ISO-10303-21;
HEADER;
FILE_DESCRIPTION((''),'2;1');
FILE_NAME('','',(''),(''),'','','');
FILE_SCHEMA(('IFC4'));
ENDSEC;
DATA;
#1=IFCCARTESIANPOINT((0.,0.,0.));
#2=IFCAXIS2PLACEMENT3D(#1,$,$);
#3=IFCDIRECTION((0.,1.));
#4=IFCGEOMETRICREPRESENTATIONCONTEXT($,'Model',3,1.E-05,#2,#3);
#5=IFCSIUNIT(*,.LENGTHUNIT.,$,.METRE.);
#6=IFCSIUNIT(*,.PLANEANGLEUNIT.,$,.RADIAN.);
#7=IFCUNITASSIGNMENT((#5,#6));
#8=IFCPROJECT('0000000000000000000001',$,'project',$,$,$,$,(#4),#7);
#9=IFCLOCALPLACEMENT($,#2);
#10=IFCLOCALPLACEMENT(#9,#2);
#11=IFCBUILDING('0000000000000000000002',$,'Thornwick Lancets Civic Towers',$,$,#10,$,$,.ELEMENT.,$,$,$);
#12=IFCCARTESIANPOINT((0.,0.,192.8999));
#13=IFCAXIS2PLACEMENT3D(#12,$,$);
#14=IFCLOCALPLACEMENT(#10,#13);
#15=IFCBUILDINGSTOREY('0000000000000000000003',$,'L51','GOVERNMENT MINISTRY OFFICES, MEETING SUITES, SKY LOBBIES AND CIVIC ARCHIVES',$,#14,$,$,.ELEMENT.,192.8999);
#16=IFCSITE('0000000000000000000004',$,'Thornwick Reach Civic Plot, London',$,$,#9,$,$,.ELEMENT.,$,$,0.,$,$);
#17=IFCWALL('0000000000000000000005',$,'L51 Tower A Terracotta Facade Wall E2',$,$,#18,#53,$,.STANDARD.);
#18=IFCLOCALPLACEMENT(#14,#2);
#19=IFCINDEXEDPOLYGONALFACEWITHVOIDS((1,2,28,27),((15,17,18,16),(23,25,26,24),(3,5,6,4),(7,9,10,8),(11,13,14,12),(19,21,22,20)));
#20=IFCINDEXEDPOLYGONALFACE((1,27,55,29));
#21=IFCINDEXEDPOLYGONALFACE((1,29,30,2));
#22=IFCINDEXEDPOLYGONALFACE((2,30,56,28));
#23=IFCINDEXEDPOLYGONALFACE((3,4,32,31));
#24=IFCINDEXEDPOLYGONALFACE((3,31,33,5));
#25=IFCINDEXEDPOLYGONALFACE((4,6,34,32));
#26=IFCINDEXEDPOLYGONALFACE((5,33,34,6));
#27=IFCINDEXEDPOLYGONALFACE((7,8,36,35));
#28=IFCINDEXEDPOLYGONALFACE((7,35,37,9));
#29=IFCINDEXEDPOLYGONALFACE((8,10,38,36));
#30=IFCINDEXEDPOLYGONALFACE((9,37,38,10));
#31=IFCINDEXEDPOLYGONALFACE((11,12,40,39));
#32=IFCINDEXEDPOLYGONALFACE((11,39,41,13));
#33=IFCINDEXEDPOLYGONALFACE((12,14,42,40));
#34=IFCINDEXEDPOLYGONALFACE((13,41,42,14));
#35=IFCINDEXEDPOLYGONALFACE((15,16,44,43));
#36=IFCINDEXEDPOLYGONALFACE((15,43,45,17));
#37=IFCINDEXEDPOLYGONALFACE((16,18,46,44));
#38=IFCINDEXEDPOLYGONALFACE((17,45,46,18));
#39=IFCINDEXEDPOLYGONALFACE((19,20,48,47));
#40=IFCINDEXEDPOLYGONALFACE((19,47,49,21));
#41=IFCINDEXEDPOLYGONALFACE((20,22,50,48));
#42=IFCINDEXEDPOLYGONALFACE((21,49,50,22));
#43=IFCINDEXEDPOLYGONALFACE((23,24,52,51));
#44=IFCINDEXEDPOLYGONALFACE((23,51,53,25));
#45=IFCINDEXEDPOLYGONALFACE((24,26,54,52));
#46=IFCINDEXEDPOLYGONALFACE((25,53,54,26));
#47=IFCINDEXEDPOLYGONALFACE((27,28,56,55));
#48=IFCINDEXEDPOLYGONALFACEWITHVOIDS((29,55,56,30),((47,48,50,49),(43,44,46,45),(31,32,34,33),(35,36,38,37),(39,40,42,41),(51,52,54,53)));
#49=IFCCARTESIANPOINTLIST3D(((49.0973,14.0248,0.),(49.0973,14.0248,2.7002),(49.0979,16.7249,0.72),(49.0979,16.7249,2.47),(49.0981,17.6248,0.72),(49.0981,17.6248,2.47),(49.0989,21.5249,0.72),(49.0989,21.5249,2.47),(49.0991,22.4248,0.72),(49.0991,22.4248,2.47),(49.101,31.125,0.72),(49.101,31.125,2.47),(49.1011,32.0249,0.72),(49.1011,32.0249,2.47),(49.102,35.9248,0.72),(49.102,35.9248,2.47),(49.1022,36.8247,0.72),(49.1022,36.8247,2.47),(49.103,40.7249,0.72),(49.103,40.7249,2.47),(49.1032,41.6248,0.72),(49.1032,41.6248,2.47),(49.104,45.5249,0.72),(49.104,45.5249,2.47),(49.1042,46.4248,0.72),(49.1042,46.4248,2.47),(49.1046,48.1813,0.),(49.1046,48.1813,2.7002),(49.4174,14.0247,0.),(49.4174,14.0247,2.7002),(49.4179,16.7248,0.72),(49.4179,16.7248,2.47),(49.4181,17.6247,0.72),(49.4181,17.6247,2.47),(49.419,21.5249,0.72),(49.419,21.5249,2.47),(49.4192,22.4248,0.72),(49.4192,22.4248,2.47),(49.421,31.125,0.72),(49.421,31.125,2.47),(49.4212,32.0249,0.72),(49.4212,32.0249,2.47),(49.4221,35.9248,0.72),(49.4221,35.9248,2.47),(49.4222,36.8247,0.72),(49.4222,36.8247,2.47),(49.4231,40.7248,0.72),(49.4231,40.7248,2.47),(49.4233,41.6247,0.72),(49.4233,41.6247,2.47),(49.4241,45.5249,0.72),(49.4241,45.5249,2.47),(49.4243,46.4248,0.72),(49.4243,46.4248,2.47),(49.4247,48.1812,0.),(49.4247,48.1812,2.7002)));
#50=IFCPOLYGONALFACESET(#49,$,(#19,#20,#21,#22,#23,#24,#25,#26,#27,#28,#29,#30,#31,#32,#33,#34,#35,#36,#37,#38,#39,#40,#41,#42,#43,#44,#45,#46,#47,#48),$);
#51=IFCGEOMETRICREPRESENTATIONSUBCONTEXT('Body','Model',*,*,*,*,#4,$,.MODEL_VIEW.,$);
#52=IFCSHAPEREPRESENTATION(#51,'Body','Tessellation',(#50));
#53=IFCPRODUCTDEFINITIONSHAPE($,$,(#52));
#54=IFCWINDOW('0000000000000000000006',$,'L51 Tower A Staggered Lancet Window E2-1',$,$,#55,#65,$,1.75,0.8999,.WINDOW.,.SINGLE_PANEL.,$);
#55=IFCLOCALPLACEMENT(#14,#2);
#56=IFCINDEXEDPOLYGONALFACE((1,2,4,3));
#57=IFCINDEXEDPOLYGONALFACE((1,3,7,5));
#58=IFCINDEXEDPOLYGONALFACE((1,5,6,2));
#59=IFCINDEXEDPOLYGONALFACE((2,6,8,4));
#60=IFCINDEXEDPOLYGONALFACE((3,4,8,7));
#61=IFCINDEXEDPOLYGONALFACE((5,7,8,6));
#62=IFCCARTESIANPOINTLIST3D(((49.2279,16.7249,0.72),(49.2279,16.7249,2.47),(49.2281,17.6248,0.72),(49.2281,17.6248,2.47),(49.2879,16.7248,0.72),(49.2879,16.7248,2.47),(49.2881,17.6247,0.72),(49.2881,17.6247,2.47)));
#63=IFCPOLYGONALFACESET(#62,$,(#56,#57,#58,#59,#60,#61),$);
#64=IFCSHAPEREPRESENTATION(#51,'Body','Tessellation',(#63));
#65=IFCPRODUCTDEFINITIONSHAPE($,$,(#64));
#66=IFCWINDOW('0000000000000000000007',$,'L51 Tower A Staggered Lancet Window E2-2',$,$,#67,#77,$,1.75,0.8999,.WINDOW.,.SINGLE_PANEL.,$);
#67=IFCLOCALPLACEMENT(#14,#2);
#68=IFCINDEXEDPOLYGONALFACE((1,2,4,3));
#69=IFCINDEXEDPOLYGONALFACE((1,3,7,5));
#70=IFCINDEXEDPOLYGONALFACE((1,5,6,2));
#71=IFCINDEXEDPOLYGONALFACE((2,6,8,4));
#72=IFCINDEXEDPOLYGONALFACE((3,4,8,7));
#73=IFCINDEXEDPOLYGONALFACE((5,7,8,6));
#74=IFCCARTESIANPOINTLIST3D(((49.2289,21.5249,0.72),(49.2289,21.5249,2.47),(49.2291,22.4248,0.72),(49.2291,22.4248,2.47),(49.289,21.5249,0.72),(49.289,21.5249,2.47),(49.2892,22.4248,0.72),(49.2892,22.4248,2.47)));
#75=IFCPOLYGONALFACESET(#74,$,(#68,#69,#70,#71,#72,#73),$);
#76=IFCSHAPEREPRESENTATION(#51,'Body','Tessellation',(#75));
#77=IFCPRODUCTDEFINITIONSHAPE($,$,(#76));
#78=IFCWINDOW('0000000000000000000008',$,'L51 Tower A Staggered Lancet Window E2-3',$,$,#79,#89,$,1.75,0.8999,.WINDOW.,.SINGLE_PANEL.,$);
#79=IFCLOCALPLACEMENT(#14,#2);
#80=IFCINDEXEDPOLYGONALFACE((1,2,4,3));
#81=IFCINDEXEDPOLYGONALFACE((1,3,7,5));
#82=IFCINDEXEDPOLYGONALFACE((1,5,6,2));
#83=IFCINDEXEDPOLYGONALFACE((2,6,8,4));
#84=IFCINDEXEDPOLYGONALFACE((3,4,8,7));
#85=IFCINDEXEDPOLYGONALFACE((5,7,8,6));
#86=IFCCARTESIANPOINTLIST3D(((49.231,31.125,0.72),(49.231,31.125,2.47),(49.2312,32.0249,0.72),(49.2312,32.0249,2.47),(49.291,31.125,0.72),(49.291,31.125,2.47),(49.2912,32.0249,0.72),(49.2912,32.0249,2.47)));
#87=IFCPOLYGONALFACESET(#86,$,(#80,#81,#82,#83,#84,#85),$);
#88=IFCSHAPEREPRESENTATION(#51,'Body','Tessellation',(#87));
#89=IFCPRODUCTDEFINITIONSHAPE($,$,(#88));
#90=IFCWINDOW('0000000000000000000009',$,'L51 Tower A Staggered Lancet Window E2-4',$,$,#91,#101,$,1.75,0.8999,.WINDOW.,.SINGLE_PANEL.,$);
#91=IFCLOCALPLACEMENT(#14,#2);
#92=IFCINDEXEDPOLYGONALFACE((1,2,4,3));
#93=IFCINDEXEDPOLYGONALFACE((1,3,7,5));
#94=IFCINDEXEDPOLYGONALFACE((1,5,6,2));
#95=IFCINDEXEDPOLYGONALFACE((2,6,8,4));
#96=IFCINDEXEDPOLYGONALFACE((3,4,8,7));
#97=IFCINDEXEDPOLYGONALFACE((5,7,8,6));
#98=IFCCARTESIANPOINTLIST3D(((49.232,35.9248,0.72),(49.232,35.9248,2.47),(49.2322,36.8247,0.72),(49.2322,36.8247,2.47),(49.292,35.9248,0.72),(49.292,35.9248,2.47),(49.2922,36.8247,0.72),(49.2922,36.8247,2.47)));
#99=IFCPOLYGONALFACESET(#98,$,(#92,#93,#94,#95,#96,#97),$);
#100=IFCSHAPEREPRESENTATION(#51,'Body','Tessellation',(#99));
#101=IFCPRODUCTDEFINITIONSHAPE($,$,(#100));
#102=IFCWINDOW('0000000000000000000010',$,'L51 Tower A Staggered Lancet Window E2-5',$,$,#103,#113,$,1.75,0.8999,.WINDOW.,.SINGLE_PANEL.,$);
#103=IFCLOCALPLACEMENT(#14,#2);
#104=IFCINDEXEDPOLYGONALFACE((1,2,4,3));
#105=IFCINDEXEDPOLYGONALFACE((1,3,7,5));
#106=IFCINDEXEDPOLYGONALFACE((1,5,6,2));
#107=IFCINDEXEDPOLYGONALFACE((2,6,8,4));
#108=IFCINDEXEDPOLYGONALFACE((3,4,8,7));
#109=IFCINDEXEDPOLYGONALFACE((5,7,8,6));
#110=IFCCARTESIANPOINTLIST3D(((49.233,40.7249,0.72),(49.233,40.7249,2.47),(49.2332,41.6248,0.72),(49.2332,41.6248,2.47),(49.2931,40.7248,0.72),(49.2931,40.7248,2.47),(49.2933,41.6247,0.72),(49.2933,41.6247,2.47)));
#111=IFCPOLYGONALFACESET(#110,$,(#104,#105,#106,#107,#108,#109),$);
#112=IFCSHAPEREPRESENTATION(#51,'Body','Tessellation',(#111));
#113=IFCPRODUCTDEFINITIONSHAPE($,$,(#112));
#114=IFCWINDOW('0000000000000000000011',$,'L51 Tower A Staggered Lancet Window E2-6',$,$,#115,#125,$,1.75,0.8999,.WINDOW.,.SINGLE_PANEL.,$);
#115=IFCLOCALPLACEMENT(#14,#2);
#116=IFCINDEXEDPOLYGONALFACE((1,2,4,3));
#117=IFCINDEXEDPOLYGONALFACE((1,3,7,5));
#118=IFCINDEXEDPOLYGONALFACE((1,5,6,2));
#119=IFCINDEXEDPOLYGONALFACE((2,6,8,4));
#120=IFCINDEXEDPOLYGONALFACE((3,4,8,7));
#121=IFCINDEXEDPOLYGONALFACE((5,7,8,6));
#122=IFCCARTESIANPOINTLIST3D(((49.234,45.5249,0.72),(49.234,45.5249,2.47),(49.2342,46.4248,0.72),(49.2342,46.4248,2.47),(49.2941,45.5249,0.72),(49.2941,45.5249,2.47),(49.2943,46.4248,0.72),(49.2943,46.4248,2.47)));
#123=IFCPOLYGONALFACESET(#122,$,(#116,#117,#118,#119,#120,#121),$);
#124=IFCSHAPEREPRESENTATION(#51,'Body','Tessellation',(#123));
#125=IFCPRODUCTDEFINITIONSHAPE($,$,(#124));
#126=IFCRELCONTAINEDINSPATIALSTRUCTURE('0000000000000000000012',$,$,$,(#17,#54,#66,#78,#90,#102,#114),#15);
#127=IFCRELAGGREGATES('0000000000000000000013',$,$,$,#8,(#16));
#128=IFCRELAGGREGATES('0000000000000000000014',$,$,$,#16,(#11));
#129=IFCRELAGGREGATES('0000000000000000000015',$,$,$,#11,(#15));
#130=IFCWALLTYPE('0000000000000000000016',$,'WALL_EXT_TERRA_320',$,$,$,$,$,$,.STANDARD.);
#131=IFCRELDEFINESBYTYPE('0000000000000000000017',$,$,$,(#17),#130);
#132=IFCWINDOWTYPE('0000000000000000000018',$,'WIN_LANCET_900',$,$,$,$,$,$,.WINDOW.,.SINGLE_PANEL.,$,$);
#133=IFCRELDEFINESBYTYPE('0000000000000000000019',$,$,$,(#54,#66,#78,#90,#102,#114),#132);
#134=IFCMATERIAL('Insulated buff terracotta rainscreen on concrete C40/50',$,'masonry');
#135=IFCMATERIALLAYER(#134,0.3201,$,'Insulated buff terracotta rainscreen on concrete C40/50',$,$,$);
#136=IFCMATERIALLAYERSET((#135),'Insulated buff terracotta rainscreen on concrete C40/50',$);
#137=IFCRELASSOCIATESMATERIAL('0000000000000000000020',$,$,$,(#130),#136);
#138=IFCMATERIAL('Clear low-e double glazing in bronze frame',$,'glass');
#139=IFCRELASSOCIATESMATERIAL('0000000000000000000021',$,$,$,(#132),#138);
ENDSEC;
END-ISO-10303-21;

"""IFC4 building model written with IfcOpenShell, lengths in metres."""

from ifc_helpers import new_model, si_unit, direction, frame, frame_2d, origin, place, context, subcontext, project, spatial, rectangle, extrude, material, layer, layer_set, type_object, element, fill, save


model = new_model("IFC4")

# Units and contexts
model_context = context("Model", 3, precision=1e-05, world=origin(), true_north=direction((0.0, 1.0)))
body_context = subcontext(model_context, "Body", "Model", "MODEL_VIEW")
ifc_project = project(units=[si_unit("LENGTHUNIT", "METRE"), si_unit("PLANEANGLEUNIT", "RADIAN")], contexts=[model_context])

# Site, building, storey
site_placement = place(None, origin())
site = spatial("IfcSite", under=ifc_project, at=site_placement, Name="Thornwick Reach Civic Plot, London", CompositionType="ELEMENT", RefElevation=0.0)
building_placement = place(site_placement, origin())
building = spatial("IfcBuilding", under=site, at=building_placement, Name="Thornwick Lancets Civic Towers", CompositionType="ELEMENT")
storey_placement = place(building_placement, frame((0.0, 0.0, 192.8999)))
storey = spatial("IfcBuildingStorey", under=building, at=storey_placement, Name="L51", Description="GOVERNMENT MINISTRY OFFICES, MEETING SUITES, SKY LOBBIES AND CIVIC ARCHIVES", CompositionType="ELEMENT", Elevation=192.8999)

# Wall, openings, windows
ifc_material_1 = material(Name="Insulated buff terracotta rainscreen on concrete C40/50", Category="masonry")
ifc_layer_1 = layer(ifc_material_1, 0.3201, Name="Insulated buff terracotta rainscreen on concrete C40/50")
ifc_layer_set_1 = layer_set([ifc_layer_1], Name="Insulated buff terracotta rainscreen on concrete C40/50")
wall_type_1 = type_object("IfcWallType", Name="WALL_EXT_TERRA_320", PredefinedType="STANDARD", material=ifc_layer_set_1)
wall_1_placement = place(storey_placement, frame((49.2573, 14.0249, 0.0), z_axis=(0.0, 0.0, 1.0), x_axis=(0.000214, 1.0, 0.0)))
wall_1 = element("IfcWall", 1, at=wall_1_placement, inside=storey, type_object=wall_type_1, Name="L51 Tower A Terracotta Facade Wall E2", PredefinedType="STANDARD", context=body_context, shape_type="SweptSolid", body=[
    extrude(rectangle(XDim=34.1565, YDim=0.3201, at=frame_2d((17.0781, 0.0))), origin(), (0.0, 0.0, 1.0), 2.7002),
])
opening_1_placement = place(wall_1_placement, frame((2.7, 0.0, 0.72)))
opening_1 = element("IfcOpeningElement", 2, at=opening_1_placement, cuts=wall_1, PredefinedType="OPENING", context=body_context, shape_type="SweptSolid", body=[
    extrude(rectangle(XDim=0.8999, YDim=1.75, at=frame_2d((0.45, 0.875))), frame((0.0, 0.1699, 0.0), z_axis=(0.0, -1.0, 0.0), x_axis=(1.0, 0.0, 0.0)), (0.0, 0.0, 1.0), 0.3401),
])
opening_2_placement = place(wall_1_placement, frame((7.5, 0.0, 0.72)))
opening_2 = element("IfcOpeningElement", 3, at=opening_2_placement, cuts=wall_1, PredefinedType="OPENING", context=body_context, shape_type="SweptSolid", body=[
    extrude(rectangle(XDim=0.8999, YDim=1.75, at=frame_2d((0.45, 0.875))), frame((0.0, 0.1699, 0.0), z_axis=(0.0, -1.0, 0.0), x_axis=(1.0, 0.0, 0.0)), (0.0, 0.0, 1.0), 0.3401),
])
opening_3_placement = place(wall_1_placement, frame((17.1001, 0.0, 0.72)))
opening_3 = element("IfcOpeningElement", 4, at=opening_3_placement, cuts=wall_1, PredefinedType="OPENING", context=body_context, shape_type="SweptSolid", body=[
    extrude(rectangle(XDim=0.8999, YDim=1.75, at=frame_2d((0.45, 0.875))), frame((0.0, 0.1699, 0.0), z_axis=(0.0, -1.0, 0.0), x_axis=(1.0, 0.0, 0.0)), (0.0, 0.0, 1.0), 0.3401),
])
opening_4_placement = place(wall_1_placement, frame((21.8999, 0.0, 0.72)))
opening_4 = element("IfcOpeningElement", 5, at=opening_4_placement, cuts=wall_1, PredefinedType="OPENING", context=body_context, shape_type="SweptSolid", body=[
    extrude(rectangle(XDim=0.8999, YDim=1.75, at=frame_2d((0.45, 0.875))), frame((0.0, 0.1699, 0.0), z_axis=(0.0, -1.0, 0.0), x_axis=(1.0, 0.0, 0.0)), (0.0, 0.0, 1.0), 0.3401),
])
opening_5_placement = place(wall_1_placement, frame((26.7, 0.0, 0.72)))
opening_5 = element("IfcOpeningElement", 6, at=opening_5_placement, cuts=wall_1, PredefinedType="OPENING", context=body_context, shape_type="SweptSolid", body=[
    extrude(rectangle(XDim=0.8999, YDim=1.75, at=frame_2d((0.45, 0.875))), frame((0.0, 0.1699, 0.0), z_axis=(0.0, -1.0, 0.0), x_axis=(1.0, 0.0, 0.0)), (0.0, 0.0, 1.0), 0.3401),
])
opening_6_placement = place(wall_1_placement, frame((31.5, 0.0, 0.72)))
opening_6 = element("IfcOpeningElement", 7, at=opening_6_placement, cuts=wall_1, PredefinedType="OPENING", context=body_context, shape_type="SweptSolid", body=[
    extrude(rectangle(XDim=0.8999, YDim=1.75, at=frame_2d((0.45, 0.875))), frame((0.0, 0.1699, 0.0), z_axis=(0.0, -1.0, 0.0), x_axis=(1.0, 0.0, 0.0)), (0.0, 0.0, 1.0), 0.3401),
])
ifc_material_2 = material(Name="Clear low-e double glazing in bronze frame", Category="glass")
window_type = type_object("IfcWindowType", Name="WIN_LANCET_900", PartitioningType="SINGLE_PANEL", PredefinedType="WINDOW", material=ifc_material_2)
window_1_placement = place(opening_1_placement, origin())
window_1 = element("IfcWindow", 8, at=window_1_placement, inside=storey, type_object=window_type, Name="L51 Tower A Staggered Lancet Window E2-1", OverallHeight=1.75, OverallWidth=0.8999, PartitioningType="SINGLE_PANEL", PredefinedType="WINDOW", context=body_context, shape_type="SweptSolid", body=[
    extrude(rectangle(XDim=0.8999, YDim=1.75, at=frame_2d((0.45, 0.875))), frame((0.0, 0.03, 0.0), z_axis=(0.0, -1.0, 0.0), x_axis=(1.0, 0.0, 0.0)), (0.0, 0.0, 1.0), 0.0601),
])
fill(opening_1, window_1)
window_2_placement = place(opening_2_placement, origin())
window_2 = element("IfcWindow", 9, at=window_2_placement, inside=storey, type_object=window_type, Name="L51 Tower A Staggered Lancet Window E2-2", OverallHeight=1.75, OverallWidth=0.8999, PartitioningType="SINGLE_PANEL", PredefinedType="WINDOW", context=body_context, shape_type="SweptSolid", body=[
    extrude(rectangle(XDim=0.8999, YDim=1.75, at=frame_2d((0.45, 0.875))), frame((0.0, 0.03, 0.0), z_axis=(0.0, -1.0, 0.0), x_axis=(1.0, 0.0, 0.0)), (0.0, 0.0, 1.0), 0.0601),
])
fill(opening_2, window_2)
window_3_placement = place(opening_3_placement, origin())
window_3 = element("IfcWindow", 10, at=window_3_placement, inside=storey, type_object=window_type, Name="L51 Tower A Staggered Lancet Window E2-3", OverallHeight=1.75, OverallWidth=0.8999, PartitioningType="SINGLE_PANEL", PredefinedType="WINDOW", context=body_context, shape_type="SweptSolid", body=[
    extrude(rectangle(XDim=0.8999, YDim=1.75, at=frame_2d((0.45, 0.875))), frame((0.0, 0.03, 0.0), z_axis=(0.0, -1.0, 0.0), x_axis=(1.0, 0.0, 0.0)), (0.0, 0.0, 1.0), 0.0601),
])
fill(opening_3, window_3)
window_4_placement = place(opening_4_placement, origin())
window_4 = element("IfcWindow", 11, at=window_4_placement, inside=storey, type_object=window_type, Name="L51 Tower A Staggered Lancet Window E2-4", OverallHeight=1.75, OverallWidth=0.8999, PartitioningType="SINGLE_PANEL", PredefinedType="WINDOW", context=body_context, shape_type="SweptSolid", body=[
    extrude(rectangle(XDim=0.8999, YDim=1.75, at=frame_2d((0.45, 0.875))), frame((0.0, 0.03, 0.0), z_axis=(0.0, -1.0, 0.0), x_axis=(1.0, 0.0, 0.0)), (0.0, 0.0, 1.0), 0.0601),
])
fill(opening_4, window_4)
window_5_placement = place(opening_5_placement, origin())
window_5 = element("IfcWindow", 12, at=window_5_placement, inside=storey, type_object=window_type, Name="L51 Tower A Staggered Lancet Window E2-5", OverallHeight=1.75, OverallWidth=0.8999, PartitioningType="SINGLE_PANEL", PredefinedType="WINDOW", context=body_context, shape_type="SweptSolid", body=[
    extrude(rectangle(XDim=0.8999, YDim=1.75, at=frame_2d((0.45, 0.875))), frame((0.0, 0.03, 0.0), z_axis=(0.0, -1.0, 0.0), x_axis=(1.0, 0.0, 0.0)), (0.0, 0.0, 1.0), 0.0601),
])
fill(opening_5, window_5)
window_6_placement = place(opening_6_placement, origin())
window_6 = element("IfcWindow", 13, at=window_6_placement, inside=storey, type_object=window_type, Name="L51 Tower A Staggered Lancet Window E2-6", OverallHeight=1.75, OverallWidth=0.8999, PartitioningType="SINGLE_PANEL", PredefinedType="WINDOW", context=body_context, shape_type="SweptSolid", body=[
    extrude(rectangle(XDim=0.8999, YDim=1.75, at=frame_2d((0.45, 0.875))), frame((0.0, 0.03, 0.0), z_axis=(0.0, -1.0, 0.0), x_axis=(1.0, 0.0, 0.0)), (0.0, 0.0, 1.0), 0.0601),
])
fill(opening_6, window_6)

save(model, "model.ifc")
